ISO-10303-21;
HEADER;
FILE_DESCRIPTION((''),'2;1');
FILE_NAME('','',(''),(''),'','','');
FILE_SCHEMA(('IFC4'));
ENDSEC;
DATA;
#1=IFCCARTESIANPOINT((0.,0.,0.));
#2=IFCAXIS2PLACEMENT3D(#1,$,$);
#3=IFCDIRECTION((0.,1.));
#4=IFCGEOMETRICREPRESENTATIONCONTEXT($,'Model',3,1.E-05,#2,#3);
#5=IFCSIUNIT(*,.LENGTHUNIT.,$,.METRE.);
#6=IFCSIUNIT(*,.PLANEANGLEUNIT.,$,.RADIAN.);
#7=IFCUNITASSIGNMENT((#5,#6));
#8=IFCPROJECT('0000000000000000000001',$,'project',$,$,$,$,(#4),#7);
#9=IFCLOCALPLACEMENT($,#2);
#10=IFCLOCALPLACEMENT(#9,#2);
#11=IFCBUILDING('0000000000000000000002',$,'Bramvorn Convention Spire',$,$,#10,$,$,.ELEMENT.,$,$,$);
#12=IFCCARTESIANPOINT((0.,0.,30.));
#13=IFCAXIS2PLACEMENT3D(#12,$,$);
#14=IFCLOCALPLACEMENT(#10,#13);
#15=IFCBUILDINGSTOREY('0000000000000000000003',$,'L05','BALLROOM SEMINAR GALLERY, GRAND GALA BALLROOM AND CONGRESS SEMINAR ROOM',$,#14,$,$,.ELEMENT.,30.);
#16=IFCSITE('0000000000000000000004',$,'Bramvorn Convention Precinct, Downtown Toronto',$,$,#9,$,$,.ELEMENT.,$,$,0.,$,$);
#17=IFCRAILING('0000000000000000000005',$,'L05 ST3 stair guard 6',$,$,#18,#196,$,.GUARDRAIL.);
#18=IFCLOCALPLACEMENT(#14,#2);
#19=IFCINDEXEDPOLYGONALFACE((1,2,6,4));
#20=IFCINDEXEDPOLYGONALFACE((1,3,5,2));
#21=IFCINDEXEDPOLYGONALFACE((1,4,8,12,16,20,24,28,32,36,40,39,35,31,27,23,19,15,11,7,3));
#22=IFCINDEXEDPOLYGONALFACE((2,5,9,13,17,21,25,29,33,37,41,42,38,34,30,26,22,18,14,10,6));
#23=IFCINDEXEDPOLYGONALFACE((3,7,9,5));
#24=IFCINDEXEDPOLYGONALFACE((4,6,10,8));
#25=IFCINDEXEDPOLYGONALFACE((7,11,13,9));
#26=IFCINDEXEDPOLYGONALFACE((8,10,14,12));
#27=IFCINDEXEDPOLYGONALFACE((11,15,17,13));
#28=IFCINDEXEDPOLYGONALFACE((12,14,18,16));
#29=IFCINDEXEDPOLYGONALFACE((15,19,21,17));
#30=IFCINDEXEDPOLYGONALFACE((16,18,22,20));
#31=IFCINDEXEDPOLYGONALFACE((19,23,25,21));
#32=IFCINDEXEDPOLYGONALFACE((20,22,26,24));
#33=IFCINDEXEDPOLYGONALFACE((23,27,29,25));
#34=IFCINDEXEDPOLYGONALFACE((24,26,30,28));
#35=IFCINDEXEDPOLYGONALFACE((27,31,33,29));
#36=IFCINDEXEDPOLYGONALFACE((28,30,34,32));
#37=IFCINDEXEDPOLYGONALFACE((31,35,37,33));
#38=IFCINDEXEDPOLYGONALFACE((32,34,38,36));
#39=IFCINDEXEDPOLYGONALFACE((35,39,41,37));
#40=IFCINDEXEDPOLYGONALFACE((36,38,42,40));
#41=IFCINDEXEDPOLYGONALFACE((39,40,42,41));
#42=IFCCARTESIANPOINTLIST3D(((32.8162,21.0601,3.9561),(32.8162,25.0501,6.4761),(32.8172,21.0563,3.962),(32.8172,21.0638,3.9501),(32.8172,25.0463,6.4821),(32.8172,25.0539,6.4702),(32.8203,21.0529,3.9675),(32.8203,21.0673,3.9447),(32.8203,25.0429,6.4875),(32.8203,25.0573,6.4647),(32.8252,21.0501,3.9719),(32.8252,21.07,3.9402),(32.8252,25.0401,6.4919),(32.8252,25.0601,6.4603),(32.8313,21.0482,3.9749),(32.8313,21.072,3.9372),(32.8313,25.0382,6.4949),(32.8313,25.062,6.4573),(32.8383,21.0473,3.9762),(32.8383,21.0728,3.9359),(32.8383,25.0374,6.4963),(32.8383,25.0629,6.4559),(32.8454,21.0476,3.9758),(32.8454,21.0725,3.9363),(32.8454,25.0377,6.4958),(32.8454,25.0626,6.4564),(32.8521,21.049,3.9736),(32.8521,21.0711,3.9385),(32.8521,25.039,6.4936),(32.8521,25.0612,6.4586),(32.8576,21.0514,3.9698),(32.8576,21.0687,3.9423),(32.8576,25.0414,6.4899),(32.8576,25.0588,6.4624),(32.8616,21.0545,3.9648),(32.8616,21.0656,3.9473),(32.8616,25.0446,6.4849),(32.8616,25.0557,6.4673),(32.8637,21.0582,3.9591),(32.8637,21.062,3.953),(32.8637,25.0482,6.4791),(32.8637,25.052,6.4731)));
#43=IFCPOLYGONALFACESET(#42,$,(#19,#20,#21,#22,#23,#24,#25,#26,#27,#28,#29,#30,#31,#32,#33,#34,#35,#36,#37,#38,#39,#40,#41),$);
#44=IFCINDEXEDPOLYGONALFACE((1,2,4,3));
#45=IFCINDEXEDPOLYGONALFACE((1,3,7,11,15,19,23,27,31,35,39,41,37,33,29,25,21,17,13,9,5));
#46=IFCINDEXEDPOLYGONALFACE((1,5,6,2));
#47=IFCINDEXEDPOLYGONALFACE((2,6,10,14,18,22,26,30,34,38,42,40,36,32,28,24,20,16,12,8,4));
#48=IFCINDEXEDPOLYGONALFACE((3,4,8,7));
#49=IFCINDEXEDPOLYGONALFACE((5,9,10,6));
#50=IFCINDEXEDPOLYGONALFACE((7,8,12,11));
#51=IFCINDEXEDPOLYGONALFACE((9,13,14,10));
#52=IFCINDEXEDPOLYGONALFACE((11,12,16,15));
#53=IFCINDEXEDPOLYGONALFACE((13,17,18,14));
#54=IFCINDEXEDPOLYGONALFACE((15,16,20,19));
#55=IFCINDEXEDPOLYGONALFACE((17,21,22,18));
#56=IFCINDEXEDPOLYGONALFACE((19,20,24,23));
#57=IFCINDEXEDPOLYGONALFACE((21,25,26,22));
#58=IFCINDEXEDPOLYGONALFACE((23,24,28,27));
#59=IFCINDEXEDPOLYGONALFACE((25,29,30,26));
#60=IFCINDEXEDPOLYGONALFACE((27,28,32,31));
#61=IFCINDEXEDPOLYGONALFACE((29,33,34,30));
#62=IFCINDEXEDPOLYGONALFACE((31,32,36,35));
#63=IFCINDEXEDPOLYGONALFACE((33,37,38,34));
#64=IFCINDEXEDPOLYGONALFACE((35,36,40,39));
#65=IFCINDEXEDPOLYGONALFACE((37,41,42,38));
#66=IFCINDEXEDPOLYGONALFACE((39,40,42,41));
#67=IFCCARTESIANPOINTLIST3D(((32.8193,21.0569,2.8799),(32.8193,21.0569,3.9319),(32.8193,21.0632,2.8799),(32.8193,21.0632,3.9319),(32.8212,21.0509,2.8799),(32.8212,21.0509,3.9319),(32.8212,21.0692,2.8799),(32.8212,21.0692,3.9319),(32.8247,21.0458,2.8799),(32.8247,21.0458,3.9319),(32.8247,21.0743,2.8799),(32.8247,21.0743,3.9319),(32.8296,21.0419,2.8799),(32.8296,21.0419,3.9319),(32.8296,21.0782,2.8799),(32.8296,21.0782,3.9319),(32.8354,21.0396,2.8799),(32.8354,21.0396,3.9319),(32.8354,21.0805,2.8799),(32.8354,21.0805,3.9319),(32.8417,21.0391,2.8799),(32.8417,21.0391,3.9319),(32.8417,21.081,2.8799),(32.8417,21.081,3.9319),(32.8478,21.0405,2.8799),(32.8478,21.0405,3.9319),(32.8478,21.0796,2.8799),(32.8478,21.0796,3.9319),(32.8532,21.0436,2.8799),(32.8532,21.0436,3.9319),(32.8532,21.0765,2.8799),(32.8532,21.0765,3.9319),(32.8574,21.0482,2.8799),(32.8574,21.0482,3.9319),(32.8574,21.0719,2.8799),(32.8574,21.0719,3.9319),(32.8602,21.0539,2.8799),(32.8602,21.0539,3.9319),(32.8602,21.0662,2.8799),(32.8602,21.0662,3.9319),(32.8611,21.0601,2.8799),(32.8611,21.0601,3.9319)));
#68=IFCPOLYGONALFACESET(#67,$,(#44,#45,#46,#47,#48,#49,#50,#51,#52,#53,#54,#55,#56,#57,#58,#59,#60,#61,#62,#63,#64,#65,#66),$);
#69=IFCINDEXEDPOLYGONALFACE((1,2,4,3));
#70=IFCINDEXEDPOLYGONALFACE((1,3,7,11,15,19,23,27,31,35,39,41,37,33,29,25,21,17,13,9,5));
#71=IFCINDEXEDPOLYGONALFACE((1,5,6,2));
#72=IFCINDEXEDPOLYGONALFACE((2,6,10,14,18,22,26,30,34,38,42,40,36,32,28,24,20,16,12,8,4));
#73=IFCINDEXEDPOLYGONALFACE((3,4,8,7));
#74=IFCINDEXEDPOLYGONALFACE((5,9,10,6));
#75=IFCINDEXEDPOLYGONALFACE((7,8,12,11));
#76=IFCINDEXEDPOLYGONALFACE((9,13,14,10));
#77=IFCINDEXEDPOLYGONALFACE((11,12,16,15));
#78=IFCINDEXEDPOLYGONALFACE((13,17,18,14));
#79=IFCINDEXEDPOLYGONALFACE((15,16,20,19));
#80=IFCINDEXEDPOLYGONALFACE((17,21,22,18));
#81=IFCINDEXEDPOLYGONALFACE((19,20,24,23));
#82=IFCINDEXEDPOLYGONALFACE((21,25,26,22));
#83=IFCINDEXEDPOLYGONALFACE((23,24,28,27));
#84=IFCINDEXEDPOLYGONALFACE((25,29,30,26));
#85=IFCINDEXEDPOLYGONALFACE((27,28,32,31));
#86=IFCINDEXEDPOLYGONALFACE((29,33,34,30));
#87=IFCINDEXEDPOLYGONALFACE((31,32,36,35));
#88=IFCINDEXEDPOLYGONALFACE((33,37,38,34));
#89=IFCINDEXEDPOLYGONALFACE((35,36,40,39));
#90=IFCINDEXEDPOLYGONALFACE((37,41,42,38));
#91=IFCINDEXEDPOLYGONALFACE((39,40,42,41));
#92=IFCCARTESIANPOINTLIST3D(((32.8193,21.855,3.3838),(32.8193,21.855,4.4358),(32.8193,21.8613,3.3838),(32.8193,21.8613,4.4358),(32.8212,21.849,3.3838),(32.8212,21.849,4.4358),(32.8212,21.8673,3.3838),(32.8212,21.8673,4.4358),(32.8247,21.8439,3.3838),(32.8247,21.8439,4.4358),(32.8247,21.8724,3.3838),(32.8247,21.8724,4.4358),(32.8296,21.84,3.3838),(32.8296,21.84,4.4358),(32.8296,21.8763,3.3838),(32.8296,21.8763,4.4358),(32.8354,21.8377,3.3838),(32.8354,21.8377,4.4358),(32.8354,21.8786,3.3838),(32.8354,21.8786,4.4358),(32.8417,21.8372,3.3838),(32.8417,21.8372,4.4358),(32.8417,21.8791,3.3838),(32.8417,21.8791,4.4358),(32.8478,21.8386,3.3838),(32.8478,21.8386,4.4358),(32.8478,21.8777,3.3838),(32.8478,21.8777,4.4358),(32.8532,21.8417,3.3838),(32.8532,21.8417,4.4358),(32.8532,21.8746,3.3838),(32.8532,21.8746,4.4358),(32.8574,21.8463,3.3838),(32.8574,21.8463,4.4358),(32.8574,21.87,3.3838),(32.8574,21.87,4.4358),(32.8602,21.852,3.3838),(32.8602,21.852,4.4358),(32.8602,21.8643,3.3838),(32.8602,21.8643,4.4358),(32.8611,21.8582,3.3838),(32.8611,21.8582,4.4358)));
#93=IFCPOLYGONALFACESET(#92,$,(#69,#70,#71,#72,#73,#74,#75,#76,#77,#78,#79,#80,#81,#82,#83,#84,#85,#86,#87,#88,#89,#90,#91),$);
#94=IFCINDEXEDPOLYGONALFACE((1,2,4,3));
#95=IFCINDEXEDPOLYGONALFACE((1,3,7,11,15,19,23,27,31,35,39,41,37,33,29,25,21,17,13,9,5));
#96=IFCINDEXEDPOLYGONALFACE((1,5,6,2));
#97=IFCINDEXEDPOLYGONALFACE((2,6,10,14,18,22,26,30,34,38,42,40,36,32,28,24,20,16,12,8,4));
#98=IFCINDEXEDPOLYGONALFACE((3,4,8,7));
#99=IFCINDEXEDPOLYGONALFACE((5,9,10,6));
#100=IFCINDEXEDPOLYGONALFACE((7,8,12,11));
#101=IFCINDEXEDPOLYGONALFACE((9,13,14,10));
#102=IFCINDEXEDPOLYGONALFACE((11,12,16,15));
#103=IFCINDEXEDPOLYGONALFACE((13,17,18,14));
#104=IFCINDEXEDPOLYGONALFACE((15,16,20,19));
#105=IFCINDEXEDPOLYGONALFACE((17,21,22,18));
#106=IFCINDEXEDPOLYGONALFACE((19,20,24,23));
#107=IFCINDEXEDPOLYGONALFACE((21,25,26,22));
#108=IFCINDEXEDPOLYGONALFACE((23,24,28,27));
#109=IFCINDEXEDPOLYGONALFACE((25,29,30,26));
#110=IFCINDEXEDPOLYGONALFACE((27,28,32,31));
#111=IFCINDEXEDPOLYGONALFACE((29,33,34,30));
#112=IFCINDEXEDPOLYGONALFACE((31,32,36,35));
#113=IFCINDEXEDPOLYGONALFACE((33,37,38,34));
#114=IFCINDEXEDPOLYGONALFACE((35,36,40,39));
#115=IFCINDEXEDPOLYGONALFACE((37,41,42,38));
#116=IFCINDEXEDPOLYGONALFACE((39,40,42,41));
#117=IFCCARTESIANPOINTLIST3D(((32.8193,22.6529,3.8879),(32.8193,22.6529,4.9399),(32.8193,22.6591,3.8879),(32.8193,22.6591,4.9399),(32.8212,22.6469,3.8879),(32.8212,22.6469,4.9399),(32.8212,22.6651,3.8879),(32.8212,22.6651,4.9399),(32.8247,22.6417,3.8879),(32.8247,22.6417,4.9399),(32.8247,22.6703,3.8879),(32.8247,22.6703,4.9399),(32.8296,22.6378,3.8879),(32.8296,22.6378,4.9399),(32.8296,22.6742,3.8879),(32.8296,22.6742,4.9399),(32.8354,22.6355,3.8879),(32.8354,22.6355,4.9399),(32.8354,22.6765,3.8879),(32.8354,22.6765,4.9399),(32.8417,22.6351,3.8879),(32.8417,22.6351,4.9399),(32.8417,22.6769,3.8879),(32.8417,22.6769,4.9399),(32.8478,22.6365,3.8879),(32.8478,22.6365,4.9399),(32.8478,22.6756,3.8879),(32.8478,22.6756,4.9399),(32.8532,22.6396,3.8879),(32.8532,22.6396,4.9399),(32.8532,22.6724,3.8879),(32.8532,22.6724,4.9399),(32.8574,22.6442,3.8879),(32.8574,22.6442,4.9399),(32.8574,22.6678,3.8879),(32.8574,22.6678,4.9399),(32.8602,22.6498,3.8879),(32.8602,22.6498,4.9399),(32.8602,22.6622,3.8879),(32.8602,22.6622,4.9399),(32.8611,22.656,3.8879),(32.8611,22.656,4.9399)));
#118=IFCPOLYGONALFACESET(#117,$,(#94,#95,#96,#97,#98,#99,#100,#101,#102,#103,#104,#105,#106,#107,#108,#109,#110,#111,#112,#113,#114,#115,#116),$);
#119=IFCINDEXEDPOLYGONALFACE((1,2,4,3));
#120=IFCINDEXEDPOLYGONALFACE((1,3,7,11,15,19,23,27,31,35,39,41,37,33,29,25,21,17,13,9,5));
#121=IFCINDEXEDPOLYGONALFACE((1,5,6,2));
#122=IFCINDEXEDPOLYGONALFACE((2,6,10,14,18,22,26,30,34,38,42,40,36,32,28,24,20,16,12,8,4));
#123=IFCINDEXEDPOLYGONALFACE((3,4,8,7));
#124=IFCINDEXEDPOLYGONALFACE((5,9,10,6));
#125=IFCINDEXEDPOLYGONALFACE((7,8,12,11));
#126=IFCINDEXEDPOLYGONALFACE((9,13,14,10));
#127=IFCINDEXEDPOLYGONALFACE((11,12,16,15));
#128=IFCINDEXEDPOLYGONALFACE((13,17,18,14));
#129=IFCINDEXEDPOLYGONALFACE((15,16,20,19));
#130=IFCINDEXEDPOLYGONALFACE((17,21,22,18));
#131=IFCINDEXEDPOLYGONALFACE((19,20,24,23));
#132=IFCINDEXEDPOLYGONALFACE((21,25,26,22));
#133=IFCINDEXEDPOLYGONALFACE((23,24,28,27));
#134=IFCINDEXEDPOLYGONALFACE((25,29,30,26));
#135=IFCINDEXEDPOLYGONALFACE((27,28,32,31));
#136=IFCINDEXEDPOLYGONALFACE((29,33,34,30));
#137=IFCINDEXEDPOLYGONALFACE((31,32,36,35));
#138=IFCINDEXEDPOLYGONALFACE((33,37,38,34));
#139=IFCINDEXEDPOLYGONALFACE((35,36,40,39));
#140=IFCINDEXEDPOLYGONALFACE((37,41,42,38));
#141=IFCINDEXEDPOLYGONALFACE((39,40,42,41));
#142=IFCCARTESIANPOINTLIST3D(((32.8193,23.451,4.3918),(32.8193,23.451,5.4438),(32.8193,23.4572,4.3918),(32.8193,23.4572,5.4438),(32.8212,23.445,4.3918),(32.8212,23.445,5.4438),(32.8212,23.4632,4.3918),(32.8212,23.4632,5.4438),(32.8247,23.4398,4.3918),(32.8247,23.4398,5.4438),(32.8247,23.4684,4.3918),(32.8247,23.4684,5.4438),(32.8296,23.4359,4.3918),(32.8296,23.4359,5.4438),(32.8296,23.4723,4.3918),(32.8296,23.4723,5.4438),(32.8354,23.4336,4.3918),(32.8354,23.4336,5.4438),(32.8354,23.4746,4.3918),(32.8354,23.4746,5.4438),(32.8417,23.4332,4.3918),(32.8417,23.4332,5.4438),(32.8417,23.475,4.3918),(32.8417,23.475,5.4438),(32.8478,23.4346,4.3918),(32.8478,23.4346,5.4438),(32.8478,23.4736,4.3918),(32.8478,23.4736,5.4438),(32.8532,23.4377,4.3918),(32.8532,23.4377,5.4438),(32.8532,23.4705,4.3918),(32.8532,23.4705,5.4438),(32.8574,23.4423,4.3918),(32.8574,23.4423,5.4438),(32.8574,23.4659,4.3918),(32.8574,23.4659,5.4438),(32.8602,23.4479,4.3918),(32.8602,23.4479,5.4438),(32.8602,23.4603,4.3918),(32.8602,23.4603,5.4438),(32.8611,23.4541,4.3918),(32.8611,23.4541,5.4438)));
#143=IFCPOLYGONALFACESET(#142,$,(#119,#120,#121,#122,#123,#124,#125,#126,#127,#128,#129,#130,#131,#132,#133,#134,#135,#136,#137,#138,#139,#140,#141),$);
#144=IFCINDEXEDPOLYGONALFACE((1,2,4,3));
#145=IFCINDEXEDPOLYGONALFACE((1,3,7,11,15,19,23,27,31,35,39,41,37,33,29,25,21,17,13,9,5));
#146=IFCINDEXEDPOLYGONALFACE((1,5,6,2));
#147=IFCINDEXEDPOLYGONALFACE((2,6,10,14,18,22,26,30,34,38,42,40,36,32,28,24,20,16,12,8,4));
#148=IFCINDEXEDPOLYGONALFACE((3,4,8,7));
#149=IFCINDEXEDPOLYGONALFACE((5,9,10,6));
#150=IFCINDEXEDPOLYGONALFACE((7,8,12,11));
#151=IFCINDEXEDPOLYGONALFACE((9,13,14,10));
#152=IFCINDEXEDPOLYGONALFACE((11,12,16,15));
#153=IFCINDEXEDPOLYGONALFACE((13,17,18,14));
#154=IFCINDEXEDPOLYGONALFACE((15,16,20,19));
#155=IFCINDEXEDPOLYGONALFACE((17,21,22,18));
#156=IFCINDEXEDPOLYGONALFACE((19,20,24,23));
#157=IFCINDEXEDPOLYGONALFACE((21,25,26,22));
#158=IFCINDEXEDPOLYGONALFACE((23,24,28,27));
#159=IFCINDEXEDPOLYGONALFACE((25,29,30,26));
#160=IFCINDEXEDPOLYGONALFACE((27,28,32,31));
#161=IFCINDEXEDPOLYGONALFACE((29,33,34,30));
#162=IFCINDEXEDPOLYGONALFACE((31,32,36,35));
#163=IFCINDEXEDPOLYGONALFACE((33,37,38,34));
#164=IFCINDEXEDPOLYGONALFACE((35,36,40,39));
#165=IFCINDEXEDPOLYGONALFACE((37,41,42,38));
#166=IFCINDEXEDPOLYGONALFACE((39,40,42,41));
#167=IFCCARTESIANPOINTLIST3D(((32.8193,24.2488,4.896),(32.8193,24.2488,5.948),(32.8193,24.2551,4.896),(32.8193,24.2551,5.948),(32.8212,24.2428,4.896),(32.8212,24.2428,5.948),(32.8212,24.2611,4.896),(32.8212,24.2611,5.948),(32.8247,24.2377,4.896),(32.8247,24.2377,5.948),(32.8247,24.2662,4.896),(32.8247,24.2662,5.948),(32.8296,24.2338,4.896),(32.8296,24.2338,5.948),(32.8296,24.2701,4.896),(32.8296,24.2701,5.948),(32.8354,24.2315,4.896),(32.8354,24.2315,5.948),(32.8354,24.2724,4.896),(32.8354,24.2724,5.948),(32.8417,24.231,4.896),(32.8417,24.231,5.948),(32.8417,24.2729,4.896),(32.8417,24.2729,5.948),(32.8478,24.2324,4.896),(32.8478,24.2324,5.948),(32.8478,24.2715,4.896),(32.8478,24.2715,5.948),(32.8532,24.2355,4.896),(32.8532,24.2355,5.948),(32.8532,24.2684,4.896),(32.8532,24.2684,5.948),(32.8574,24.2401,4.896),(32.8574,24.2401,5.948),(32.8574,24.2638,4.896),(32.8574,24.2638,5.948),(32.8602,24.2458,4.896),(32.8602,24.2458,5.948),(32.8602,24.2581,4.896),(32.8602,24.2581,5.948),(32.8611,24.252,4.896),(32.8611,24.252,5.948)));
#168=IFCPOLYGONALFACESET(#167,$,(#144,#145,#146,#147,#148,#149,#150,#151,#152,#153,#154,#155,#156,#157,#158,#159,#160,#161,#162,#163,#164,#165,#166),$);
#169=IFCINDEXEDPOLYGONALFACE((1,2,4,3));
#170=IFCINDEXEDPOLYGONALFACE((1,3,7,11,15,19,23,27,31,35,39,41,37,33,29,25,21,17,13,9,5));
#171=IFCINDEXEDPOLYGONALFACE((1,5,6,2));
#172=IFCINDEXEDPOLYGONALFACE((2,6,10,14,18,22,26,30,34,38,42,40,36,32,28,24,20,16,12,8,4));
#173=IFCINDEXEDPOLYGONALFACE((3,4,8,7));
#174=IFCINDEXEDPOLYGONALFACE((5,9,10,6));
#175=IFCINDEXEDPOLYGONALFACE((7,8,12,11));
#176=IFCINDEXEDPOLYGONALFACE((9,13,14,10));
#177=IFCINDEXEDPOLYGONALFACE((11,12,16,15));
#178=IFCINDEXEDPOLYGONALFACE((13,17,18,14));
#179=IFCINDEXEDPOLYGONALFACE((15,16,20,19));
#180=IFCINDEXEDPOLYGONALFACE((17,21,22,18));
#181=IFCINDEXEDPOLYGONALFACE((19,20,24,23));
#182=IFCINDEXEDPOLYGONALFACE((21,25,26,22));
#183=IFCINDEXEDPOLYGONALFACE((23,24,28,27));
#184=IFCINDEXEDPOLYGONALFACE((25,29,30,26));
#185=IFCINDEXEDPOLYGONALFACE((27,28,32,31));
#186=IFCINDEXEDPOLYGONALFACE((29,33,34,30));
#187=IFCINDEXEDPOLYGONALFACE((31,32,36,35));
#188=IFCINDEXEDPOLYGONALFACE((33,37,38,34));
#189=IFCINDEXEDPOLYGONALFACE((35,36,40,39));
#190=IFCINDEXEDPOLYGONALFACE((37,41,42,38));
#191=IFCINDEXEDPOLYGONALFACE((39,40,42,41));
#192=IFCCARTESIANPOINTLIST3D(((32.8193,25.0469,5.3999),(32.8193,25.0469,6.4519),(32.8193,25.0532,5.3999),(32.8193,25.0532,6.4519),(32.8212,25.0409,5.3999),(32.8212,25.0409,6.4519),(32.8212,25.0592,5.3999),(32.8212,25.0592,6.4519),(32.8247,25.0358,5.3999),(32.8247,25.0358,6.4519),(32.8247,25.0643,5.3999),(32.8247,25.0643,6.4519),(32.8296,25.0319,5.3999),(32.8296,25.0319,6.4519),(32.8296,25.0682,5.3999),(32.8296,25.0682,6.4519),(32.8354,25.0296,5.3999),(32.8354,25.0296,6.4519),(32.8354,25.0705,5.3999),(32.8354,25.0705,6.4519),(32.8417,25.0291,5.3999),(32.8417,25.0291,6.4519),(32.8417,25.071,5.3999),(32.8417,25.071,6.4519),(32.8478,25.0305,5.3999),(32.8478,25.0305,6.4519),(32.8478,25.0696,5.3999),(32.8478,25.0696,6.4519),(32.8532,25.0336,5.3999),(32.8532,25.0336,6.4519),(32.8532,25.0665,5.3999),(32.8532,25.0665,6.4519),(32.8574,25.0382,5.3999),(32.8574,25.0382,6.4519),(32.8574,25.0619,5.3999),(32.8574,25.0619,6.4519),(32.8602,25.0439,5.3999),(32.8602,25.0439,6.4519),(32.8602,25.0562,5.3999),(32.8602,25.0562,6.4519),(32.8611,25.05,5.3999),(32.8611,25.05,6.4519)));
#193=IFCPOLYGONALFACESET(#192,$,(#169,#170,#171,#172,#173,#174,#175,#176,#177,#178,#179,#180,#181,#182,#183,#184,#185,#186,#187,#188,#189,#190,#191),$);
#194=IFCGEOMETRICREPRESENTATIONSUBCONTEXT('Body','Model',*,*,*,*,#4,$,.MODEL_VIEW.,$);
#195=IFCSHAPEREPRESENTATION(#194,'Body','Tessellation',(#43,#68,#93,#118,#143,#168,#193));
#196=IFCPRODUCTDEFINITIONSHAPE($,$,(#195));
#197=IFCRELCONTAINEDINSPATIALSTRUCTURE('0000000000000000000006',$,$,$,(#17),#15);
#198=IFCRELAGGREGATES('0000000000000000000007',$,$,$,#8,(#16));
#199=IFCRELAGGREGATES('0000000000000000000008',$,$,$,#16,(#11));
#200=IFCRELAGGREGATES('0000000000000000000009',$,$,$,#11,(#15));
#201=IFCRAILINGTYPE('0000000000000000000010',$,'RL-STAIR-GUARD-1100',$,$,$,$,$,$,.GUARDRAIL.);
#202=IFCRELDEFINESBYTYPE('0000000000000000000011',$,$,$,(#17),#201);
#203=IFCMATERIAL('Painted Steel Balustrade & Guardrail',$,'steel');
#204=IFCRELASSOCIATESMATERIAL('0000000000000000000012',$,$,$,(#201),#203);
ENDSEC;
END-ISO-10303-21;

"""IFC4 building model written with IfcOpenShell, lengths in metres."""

from ifc_helpers import new_model, si_unit, direction, frame, origin, origin_2d, place, context, subcontext, project, spatial, circle, extrude, material, type_object, element, save


model = new_model("IFC4")

# Units and contexts
model_context = context("Model", 3, precision=1e-05, world=origin(), true_north=direction((0.0, 1.0)))
body_context = subcontext(model_context, "Body", "Model", "MODEL_VIEW")
ifc_project = project(units=[si_unit("LENGTHUNIT", "METRE"), si_unit("PLANEANGLEUNIT", "RADIAN")], contexts=[model_context])

# Site, building, storey
site_placement = place(None, origin())
site = spatial("IfcSite", under=ifc_project, at=site_placement, Name="Bramvorn Convention Precinct, Downtown Toronto", CompositionType="ELEMENT", RefElevation=0.0)
building_placement = place(site_placement, origin())
building = spatial("IfcBuilding", under=site, at=building_placement, Name="Bramvorn Convention Spire", CompositionType="ELEMENT")
storey_placement = place(building_placement, frame((0.0, 0.0, 30.0)))
storey = spatial("IfcBuildingStorey", under=building, at=storey_placement, Name="L05", Description="BALLROOM SEMINAR GALLERY, GRAND GALA BALLROOM AND CONGRESS SEMINAR ROOM", CompositionType="ELEMENT", Elevation=30.0)

# Railing
ifc_material_1 = material(Name="Painted Steel Balustrade & Guardrail", Category="steel")
railing_type_1 = type_object("IfcRailingType", Name="RL-STAIR-GUARD-1100", PredefinedType="GUARDRAIL", material=ifc_material_1)
railing_1_placement = place(storey_placement, frame((32.8401, 21.0601, 2.8799)))
element("IfcRailing", 1, at=railing_1_placement, inside=storey, type_object=railing_type_1, Name="L05 ST3 stair guard 6", PredefinedType="GUARDRAIL", context=body_context, shape_type="SweptSolid", body=[
    extrude(circle(Radius=0.0239, at=origin_2d()), frame((0.0, 0.0, 1.0762), z_axis=(0.0, 0.845486, 0.533997), x_axis=(-1.0, 0.0, 0.0)), (0.0, 0.0, 1.0), 4.7192),
    extrude(circle(Radius=0.021, at=origin_2d()), origin(), (0.0, 0.0, 1.0), 1.052),
    extrude(circle(Radius=0.021, at=origin_2d()), frame((0.0, 0.7981, 0.5039)), (0.0, 0.0, 1.0), 1.052),
    extrude(circle(Radius=0.021, at=origin_2d()), frame((0.0, 1.5959, 1.0081)), (0.0, 0.0, 1.0), 1.052),
    extrude(circle(Radius=0.021, at=origin_2d()), frame((0.0, 2.394, 1.512)), (0.0, 0.0, 1.0), 1.052),
    extrude(circle(Radius=0.021, at=origin_2d()), frame((0.0, 3.1919, 2.0161)), (0.0, 0.0, 1.0), 1.052),
    extrude(circle(Radius=0.021, at=origin_2d()), frame((0.0, 3.99, 2.52)), (0.0, 0.0, 1.0), 1.052),
])

save(model, "model.ifc")
